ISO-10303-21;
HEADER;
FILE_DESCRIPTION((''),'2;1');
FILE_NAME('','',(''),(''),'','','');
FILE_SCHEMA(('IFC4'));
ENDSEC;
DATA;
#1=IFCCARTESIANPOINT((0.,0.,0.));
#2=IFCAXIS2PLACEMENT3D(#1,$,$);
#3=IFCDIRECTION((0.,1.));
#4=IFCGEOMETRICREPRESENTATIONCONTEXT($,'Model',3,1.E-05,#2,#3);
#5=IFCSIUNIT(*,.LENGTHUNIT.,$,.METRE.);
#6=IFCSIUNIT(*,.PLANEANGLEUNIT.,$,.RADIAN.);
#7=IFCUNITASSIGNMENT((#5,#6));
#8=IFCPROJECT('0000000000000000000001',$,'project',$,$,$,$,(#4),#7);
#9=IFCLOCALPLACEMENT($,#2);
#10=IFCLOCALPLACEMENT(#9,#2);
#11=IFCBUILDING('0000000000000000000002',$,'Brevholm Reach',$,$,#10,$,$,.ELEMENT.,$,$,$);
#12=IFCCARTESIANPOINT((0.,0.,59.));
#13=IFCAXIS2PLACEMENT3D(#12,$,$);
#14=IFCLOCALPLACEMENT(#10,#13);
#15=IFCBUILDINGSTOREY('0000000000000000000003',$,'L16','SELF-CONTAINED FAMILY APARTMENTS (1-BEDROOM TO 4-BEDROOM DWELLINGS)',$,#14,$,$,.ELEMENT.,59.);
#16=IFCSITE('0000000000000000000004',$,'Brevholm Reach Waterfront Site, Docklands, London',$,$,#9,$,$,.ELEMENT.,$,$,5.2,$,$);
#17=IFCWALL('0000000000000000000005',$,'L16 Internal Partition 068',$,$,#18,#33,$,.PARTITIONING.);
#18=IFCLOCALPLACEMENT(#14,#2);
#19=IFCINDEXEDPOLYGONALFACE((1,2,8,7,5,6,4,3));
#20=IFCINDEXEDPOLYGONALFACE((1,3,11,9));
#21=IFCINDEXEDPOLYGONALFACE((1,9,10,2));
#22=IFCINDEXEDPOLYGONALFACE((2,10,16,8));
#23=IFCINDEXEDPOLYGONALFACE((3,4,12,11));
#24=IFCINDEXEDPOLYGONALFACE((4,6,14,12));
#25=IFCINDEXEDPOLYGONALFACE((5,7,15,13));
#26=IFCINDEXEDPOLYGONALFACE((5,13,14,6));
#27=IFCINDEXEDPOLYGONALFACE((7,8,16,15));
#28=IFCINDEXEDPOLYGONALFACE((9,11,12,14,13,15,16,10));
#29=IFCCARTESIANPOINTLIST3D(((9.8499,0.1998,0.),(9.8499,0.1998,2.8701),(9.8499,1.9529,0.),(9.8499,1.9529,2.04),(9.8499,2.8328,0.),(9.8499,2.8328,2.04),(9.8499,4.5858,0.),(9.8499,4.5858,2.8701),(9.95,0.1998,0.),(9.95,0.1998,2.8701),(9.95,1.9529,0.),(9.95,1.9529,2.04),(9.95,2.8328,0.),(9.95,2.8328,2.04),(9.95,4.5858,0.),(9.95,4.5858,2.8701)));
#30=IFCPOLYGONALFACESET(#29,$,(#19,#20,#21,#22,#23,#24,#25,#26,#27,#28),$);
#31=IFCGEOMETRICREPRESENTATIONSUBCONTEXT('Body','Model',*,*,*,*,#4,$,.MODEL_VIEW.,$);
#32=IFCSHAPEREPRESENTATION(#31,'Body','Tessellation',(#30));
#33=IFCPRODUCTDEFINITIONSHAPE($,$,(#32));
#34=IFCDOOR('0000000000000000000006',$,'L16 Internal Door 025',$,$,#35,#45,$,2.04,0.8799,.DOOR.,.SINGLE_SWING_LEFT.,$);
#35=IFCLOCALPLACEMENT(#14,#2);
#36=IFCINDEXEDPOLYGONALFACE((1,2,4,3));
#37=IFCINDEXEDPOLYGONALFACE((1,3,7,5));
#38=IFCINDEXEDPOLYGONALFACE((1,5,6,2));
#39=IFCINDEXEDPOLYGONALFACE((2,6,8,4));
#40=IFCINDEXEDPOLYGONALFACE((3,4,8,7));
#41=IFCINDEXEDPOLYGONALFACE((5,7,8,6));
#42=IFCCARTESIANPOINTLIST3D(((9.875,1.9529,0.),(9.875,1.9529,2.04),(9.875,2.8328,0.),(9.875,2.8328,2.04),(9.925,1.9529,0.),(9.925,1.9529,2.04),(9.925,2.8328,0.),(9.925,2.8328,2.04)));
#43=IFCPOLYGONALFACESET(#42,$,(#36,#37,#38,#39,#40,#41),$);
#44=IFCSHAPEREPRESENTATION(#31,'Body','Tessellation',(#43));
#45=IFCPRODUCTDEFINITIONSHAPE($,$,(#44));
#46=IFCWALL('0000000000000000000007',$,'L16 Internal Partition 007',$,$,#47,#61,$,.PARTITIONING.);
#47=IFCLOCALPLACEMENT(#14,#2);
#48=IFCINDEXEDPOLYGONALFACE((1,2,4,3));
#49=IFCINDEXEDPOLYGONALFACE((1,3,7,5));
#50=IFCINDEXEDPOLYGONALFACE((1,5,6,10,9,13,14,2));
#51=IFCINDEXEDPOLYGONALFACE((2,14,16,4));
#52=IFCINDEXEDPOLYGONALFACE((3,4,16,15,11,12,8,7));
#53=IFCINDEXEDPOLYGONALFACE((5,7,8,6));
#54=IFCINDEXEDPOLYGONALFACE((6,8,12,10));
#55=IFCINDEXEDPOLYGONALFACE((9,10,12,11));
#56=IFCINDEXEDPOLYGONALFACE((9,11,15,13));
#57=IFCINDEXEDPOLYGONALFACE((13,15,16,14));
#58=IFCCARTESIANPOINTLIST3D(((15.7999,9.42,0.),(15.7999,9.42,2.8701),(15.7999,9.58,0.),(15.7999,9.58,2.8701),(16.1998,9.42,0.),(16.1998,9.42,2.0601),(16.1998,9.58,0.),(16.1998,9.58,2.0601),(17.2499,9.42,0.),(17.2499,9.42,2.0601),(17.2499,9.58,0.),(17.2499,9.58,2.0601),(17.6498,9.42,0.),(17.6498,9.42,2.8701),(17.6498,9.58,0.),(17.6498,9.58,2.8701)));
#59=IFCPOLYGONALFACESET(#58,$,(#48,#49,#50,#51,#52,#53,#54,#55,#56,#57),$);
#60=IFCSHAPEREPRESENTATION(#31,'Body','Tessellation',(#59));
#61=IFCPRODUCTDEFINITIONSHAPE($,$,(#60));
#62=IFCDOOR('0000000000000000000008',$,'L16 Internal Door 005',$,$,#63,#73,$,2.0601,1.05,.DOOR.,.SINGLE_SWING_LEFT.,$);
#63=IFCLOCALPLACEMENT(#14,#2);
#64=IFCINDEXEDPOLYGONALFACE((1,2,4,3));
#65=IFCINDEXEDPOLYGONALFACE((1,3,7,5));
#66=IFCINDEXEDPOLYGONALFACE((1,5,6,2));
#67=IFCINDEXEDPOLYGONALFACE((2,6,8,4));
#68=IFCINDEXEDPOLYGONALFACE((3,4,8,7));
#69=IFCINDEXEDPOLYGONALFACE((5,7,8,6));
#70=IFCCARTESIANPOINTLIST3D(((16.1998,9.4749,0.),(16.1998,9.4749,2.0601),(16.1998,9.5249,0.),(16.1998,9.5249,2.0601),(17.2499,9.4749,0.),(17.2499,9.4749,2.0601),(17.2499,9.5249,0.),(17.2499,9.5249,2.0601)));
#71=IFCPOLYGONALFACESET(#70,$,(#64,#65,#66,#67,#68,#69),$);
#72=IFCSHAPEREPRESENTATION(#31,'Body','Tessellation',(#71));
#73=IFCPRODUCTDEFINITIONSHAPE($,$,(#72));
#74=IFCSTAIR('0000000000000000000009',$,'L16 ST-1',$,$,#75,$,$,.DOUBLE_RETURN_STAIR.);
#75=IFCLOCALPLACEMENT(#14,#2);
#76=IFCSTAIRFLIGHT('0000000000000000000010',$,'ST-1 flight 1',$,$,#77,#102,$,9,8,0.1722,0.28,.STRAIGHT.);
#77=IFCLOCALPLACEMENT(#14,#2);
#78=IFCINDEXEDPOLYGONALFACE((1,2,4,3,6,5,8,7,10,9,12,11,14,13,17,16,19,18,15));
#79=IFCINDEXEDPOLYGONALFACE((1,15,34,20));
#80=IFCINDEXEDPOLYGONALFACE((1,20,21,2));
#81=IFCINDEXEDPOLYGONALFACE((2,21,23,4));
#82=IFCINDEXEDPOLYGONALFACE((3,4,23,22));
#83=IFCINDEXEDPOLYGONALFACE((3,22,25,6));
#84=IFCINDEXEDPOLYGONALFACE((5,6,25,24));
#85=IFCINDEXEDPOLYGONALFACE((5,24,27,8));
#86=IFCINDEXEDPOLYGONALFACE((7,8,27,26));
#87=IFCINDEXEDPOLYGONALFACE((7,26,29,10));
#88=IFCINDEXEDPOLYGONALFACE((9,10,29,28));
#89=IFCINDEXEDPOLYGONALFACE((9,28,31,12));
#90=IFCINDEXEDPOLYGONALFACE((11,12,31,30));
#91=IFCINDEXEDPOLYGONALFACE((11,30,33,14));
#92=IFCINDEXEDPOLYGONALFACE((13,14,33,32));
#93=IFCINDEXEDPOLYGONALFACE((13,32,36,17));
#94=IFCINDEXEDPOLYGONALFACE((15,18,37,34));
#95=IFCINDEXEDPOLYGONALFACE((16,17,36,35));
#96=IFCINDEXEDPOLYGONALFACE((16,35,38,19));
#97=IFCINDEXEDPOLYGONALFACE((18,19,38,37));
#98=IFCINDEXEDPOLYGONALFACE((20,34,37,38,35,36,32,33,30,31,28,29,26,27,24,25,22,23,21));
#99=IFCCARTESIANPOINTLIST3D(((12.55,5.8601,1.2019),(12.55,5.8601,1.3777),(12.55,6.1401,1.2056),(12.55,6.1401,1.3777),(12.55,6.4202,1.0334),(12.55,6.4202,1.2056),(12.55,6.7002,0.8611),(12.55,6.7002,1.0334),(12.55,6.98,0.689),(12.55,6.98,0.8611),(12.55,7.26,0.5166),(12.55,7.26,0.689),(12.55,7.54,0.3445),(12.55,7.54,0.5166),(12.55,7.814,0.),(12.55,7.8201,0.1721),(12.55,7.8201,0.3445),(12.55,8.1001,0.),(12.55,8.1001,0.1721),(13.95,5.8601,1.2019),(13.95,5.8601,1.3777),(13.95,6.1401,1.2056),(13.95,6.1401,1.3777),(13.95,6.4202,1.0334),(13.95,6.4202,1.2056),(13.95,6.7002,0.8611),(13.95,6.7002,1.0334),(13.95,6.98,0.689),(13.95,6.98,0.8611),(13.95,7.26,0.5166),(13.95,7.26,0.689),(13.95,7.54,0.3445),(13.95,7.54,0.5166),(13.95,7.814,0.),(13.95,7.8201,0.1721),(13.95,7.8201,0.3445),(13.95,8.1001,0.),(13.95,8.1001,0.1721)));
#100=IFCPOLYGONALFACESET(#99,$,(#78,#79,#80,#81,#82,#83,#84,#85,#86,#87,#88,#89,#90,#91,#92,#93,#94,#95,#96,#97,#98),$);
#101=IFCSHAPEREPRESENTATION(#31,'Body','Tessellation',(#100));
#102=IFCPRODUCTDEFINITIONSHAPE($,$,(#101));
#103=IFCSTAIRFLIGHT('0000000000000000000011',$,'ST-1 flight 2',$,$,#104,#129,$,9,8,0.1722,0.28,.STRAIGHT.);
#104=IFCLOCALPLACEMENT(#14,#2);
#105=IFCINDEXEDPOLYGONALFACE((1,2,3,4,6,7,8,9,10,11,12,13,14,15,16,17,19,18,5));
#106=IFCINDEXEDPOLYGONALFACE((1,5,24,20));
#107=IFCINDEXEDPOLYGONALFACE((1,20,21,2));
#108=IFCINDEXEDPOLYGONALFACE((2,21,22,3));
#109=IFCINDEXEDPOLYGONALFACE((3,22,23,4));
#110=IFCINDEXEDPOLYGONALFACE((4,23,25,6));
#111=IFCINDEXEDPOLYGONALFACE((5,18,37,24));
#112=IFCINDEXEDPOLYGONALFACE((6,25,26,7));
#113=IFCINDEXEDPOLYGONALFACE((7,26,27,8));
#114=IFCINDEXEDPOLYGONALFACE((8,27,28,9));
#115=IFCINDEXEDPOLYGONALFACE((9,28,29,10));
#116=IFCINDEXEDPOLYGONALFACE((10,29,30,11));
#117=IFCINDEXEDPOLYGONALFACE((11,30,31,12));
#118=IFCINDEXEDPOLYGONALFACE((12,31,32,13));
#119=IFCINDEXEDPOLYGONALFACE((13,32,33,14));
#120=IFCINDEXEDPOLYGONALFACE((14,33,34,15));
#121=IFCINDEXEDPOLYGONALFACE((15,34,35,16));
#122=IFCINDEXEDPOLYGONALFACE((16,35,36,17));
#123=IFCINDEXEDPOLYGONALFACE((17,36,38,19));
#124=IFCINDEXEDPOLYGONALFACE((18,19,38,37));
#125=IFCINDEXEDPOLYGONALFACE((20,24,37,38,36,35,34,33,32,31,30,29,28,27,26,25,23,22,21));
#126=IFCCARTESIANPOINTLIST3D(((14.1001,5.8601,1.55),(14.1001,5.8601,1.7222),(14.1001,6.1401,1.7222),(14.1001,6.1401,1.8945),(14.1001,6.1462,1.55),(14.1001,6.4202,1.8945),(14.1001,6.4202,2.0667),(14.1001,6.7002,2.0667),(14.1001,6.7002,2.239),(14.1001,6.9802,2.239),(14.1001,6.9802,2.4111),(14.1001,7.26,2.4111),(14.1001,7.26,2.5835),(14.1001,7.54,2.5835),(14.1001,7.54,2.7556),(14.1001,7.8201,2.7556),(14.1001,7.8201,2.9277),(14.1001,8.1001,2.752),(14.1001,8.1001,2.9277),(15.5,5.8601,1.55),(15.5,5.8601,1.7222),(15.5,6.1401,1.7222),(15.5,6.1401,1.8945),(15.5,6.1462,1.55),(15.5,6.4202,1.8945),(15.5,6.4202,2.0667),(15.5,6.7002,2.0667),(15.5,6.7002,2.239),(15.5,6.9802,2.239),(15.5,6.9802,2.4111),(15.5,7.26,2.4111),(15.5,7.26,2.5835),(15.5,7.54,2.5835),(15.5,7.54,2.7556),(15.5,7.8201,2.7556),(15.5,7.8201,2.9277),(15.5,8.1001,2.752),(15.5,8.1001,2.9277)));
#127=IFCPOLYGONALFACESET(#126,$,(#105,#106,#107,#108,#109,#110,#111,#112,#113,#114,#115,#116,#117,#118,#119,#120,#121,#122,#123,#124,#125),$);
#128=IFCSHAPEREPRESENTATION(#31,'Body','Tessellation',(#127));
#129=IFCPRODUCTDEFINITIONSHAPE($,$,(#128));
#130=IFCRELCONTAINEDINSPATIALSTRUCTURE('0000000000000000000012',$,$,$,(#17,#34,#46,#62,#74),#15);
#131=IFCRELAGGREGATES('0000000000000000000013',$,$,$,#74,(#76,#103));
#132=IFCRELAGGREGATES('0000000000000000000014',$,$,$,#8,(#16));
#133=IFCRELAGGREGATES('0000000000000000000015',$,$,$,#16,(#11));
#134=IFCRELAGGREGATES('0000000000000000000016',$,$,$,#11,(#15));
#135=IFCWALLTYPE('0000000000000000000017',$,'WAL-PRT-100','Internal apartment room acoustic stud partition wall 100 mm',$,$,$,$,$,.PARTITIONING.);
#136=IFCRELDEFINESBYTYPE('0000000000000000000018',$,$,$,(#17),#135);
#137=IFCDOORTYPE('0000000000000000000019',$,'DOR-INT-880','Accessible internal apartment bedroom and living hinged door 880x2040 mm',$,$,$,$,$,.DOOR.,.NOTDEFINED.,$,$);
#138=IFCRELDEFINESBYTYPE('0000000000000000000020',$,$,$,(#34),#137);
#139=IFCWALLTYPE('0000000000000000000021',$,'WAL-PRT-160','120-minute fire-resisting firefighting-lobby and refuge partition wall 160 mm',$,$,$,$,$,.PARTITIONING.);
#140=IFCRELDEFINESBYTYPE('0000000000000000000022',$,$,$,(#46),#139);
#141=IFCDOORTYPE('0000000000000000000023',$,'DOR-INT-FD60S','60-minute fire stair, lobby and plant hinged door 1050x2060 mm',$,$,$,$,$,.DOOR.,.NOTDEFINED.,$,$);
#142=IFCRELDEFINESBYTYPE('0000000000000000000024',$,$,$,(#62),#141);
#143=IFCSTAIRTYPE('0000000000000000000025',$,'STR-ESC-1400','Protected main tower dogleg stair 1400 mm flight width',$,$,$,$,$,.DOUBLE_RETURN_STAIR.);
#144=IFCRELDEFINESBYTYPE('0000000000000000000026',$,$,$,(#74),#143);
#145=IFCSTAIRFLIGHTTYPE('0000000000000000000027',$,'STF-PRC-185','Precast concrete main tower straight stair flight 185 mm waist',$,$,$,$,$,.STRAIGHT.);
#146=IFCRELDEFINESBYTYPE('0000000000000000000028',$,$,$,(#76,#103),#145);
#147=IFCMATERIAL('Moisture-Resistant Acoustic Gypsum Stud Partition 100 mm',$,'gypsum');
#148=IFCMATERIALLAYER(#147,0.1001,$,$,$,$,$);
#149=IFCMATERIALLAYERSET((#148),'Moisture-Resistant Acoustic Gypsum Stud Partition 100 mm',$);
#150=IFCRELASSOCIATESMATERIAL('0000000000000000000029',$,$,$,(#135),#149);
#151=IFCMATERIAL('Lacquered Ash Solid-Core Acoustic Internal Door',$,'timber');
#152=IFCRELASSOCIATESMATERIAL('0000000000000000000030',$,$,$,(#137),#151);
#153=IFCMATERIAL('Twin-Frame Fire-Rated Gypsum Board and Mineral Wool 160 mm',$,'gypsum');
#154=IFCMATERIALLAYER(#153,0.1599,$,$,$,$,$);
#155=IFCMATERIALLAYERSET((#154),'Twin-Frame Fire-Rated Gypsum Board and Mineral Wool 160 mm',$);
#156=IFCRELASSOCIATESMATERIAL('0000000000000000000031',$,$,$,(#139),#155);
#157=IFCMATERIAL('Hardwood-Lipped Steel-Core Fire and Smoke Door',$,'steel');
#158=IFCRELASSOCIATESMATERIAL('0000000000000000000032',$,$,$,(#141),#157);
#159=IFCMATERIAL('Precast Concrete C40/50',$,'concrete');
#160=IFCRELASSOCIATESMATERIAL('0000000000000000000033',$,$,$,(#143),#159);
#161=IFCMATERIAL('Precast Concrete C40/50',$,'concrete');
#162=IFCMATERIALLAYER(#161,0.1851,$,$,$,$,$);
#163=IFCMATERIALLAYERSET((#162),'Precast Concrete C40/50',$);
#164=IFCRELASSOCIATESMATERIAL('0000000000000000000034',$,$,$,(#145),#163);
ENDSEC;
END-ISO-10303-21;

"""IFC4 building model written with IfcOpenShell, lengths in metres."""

from ifc_helpers import new_model, si_unit, direction, frame, frame_2d, origin, place, context, subcontext, project, spatial, polyline, rectangle, outline, extrude, material, layer, layer_set, type_object, element, fill, aggregate, save


model = new_model("IFC4")

# Units and contexts
model_context = context("Model", 3, precision=1e-05, world=origin(), true_north=direction((0.0, 1.0)))
body_context = subcontext(model_context, "Body", "Model", "MODEL_VIEW")
ifc_project = project(units=[si_unit("LENGTHUNIT", "METRE"), si_unit("PLANEANGLEUNIT", "RADIAN")], contexts=[model_context])

# Site, building, storey
site_placement = place(None, origin())
site = spatial("IfcSite", under=ifc_project, at=site_placement, Name="Brevholm Reach Waterfront Site, Docklands, London", CompositionType="ELEMENT", RefElevation=5.2)
building_placement = place(site_placement, origin())
building = spatial("IfcBuilding", under=site, at=building_placement, Name="Brevholm Reach", CompositionType="ELEMENT")
storey_placement = place(building_placement, frame((0.0, 0.0, 59.0)))
storey = spatial("IfcBuildingStorey", under=building, at=storey_placement, Name="L16", Description="SELF-CONTAINED FAMILY APARTMENTS (1-BEDROOM TO 4-BEDROOM DWELLINGS)", CompositionType="ELEMENT", Elevation=59.0)

# Walls, openings, doors
ifc_material_1 = material(Name="Moisture-Resistant Acoustic Gypsum Stud Partition 100 mm", Category="gypsum")
ifc_layer_1 = layer(ifc_material_1, 0.1001)
ifc_layer_set_1 = layer_set([ifc_layer_1], Name="Moisture-Resistant Acoustic Gypsum Stud Partition 100 mm")
wall_type_1 = type_object("IfcWallType", Name="WAL-PRT-100", Description="Internal apartment room acoustic stud partition wall 100 mm", PredefinedType="PARTITIONING", material=ifc_layer_set_1)
wall_1_placement = place(storey_placement, frame((9.8999, 0.2, 0.0), z_axis=(0.0, 0.0, 1.0), x_axis=(0.0, 1.0, 0.0)))
wall_1 = element("IfcWall", 1, at=wall_1_placement, inside=storey, type_object=wall_type_1, Name="L16 Internal Partition 068", PredefinedType="PARTITIONING", context=body_context, shape_type="SweptSolid", body=[
    extrude(rectangle(XDim=4.386, YDim=0.1001, at=frame_2d((2.1929, 0.0))), origin(), (0.0, 0.0, 1.0), 2.8701),
])
opening_1_placement = place(wall_1_placement, frame((1.7529, 0.0, 0.0)))
opening_1 = element("IfcOpeningElement", 2, at=opening_1_placement, cuts=wall_1, PredefinedType="OPENING", context=body_context, shape_type="SweptSolid", body=[
    extrude(rectangle(XDim=0.8799, YDim=2.04, at=frame_2d((0.4399, 1.02))), frame((0.0, 0.0601, 0.0), z_axis=(0.0, -1.0, 0.0), x_axis=(1.0, 0.0, 0.0)), (0.0, 0.0, 1.0), 0.1201),
])
ifc_material_2 = material(Name="Lacquered Ash Solid-Core Acoustic Internal Door", Category="timber")
door_type_1 = type_object("IfcDoorType", Name="DOR-INT-880", Description="Accessible internal apartment bedroom and living hinged door 880x2040 mm", OperationType="NOTDEFINED", PredefinedType="DOOR", material=ifc_material_2)
door_1_placement = place(opening_1_placement, origin())
door_1 = element("IfcDoor", 3, at=door_1_placement, inside=storey, type_object=door_type_1, Name="L16 Internal Door 025", OperationType="SINGLE_SWING_LEFT", OverallHeight=2.04, OverallWidth=0.8799, PredefinedType="DOOR", context=body_context, shape_type="SweptSolid", body=[
    extrude(rectangle(XDim=0.8799, YDim=2.04, at=frame_2d((0.4399, 1.02))), frame((0.0, 0.0249, 0.0), z_axis=(0.0, -1.0, 0.0), x_axis=(1.0, 0.0, 0.0)), (0.0, 0.0, 1.0), 0.05),
])
fill(opening_1, door_1)
ifc_material_3 = material(Name="Twin-Frame Fire-Rated Gypsum Board and Mineral Wool 160 mm", Category="gypsum")
ifc_layer_2 = layer(ifc_material_3, 0.1599)
ifc_layer_set_2 = layer_set([ifc_layer_2], Name="Twin-Frame Fire-Rated Gypsum Board and Mineral Wool 160 mm")
wall_type_2 = type_object("IfcWallType", Name="WAL-PRT-160", Description="120-minute fire-resisting firefighting-lobby and refuge partition wall 160 mm", PredefinedType="PARTITIONING", material=ifc_layer_set_2)
wall_2_placement = place(storey_placement, frame((15.8, 9.5, 0.0), z_axis=(0.0, 0.0, 1.0), x_axis=(1.0, 0.0, 0.0)))
wall_2 = element("IfcWall", 4, at=wall_2_placement, inside=storey, type_object=wall_type_2, Name="L16 Internal Partition 007", PredefinedType="PARTITIONING", context=body_context, shape_type="SweptSolid", body=[
    extrude(rectangle(XDim=1.8499, YDim=0.1599, at=frame_2d((0.9248, 0.0))), origin(), (0.0, 0.0, 1.0), 2.8701),
])
opening_2_placement = place(wall_2_placement, frame((0.3999, 0.0, 0.0)))
opening_2 = element("IfcOpeningElement", 5, at=opening_2_placement, cuts=wall_2, PredefinedType="OPENING", context=body_context, shape_type="SweptSolid", body=[
    extrude(rectangle(XDim=1.05, YDim=2.0601, at=frame_2d((0.5249, 1.03))), frame((0.0, 0.0898, 0.0), z_axis=(0.0, -1.0, 0.0), x_axis=(1.0, 0.0, 0.0)), (0.0, 0.0, 1.0), 0.1799),
])
ifc_material_4 = material(Name="Hardwood-Lipped Steel-Core Fire and Smoke Door", Category="steel")
door_type_2 = type_object("IfcDoorType", Name="DOR-INT-FD60S", Description="60-minute fire stair, lobby and plant hinged door 1050x2060 mm", OperationType="NOTDEFINED", PredefinedType="DOOR", material=ifc_material_4)
door_2_placement = place(opening_2_placement, origin())
door_2 = element("IfcDoor", 6, at=door_2_placement, inside=storey, type_object=door_type_2, Name="L16 Internal Door 005", OperationType="SINGLE_SWING_LEFT", OverallHeight=2.0601, OverallWidth=1.05, PredefinedType="DOOR", context=body_context, shape_type="SweptSolid", body=[
    extrude(rectangle(XDim=1.05, YDim=2.0601, at=frame_2d((0.5249, 1.03))), frame((0.0, 0.0249, 0.0), z_axis=(0.0, -1.0, 0.0), x_axis=(1.0, 0.0, 0.0)), (0.0, 0.0, 1.0), 0.05),
])
fill(opening_2, door_2)

# Stair, stair flights
ifc_material_5 = material(Name="Precast Concrete C40/50", Category="concrete")
stair_type = type_object("IfcStairType", Name="STR-ESC-1400", Description="Protected main tower dogleg stair 1400 mm flight width", PredefinedType="DOUBLE_RETURN_STAIR", material=ifc_material_5)
stair_placement = place(storey_placement, origin())
stair = element("IfcStair", 7, at=stair_placement, inside=storey, type_object=stair_type, Name="L16 ST-1", PredefinedType="DOUBLE_RETURN_STAIR")
ifc_material_6 = material(Name="Precast Concrete C40/50", Category="concrete")
ifc_layer_3 = layer(ifc_material_6, 0.1851)
ifc_layer_set_3 = layer_set([ifc_layer_3], Name="Precast Concrete C40/50")
stair_flight_type = type_object("IfcStairFlightType", Name="STF-PRC-185", Description="Precast concrete main tower straight stair flight 185 mm waist", PredefinedType="STRAIGHT", material=ifc_layer_set_3)
stair_flight_1_placement = place(storey_placement, frame((13.25, 8.1001, 0.0), z_axis=(0.0, 0.0, 1.0), x_axis=(0.0, -1.0, 0.0)))
stair_flight_1 = element("IfcStairFlight", 8, at=stair_flight_1_placement, type_object=stair_flight_type, Name="ST-1 flight 1", NumberOfRisers=9, NumberOfTreads=8, PredefinedType="STRAIGHT", RiserHeight=0.1722, TreadLength=0.28, context=body_context, shape_type="SweptSolid", body=[
    extrude(outline(polyline([(0.0, 0.0), (0.0, 0.1721), (0.28, 0.1721), (0.28, 0.3445), (0.5601, 0.3445), (0.5601, 0.5166), (0.8401, 0.5166), (0.8401, 0.689), (1.1201, 0.689), (1.1201, 0.8611), (1.3999, 0.8611), (1.3999, 1.0334), (1.6799, 1.0334), (1.6799, 1.2056), (1.96, 1.2056), (1.96, 1.3777), (2.24, 1.3777), (2.24, 1.55), (2.24, 1.2019), (0.2861, 0.0), (0.0, 0.0)])), frame((0.0, 0.7, 0.0), z_axis=(0.0, -1.0, 0.0), x_axis=(1.0, 0.0, 0.0)), (0.0, 0.0, 1.0), 1.3999),
])
stair_flight_2_placement = place(storey_placement, frame((14.8, 5.8601, 1.55), z_axis=(0.0, 0.0, 1.0), x_axis=(0.0, 1.0, 0.0)))
stair_flight_2 = element("IfcStairFlight", 9, at=stair_flight_2_placement, type_object=stair_flight_type, Name="ST-1 flight 2", NumberOfRisers=9, NumberOfTreads=8, PredefinedType="STRAIGHT", RiserHeight=0.1722, TreadLength=0.28, context=body_context, shape_type="SweptSolid", body=[
    extrude(outline(polyline([(0.0, 0.0), (0.0, 0.1721), (0.28, 0.1721), (0.28, 0.3445), (0.5601, 0.3445), (0.5601, 0.5166), (0.8401, 0.5166), (0.8401, 0.689), (1.1201, 0.689), (1.1201, 0.8611), (1.3999, 0.8611), (1.3999, 1.0334), (1.6799, 1.0334), (1.6799, 1.2056), (1.96, 1.2056), (1.96, 1.3777), (2.24, 1.3777), (2.24, 1.55), (2.24, 1.2019), (0.2861, 0.0), (0.0, 0.0)])), frame((0.0, 0.7, 0.0), z_axis=(0.0, -1.0, 0.0), x_axis=(1.0, 0.0, 0.0)), (0.0, 0.0, 1.0), 1.3999),
])
aggregate(stair, [stair_flight_1, stair_flight_2])

save(model, "model.ifc")
